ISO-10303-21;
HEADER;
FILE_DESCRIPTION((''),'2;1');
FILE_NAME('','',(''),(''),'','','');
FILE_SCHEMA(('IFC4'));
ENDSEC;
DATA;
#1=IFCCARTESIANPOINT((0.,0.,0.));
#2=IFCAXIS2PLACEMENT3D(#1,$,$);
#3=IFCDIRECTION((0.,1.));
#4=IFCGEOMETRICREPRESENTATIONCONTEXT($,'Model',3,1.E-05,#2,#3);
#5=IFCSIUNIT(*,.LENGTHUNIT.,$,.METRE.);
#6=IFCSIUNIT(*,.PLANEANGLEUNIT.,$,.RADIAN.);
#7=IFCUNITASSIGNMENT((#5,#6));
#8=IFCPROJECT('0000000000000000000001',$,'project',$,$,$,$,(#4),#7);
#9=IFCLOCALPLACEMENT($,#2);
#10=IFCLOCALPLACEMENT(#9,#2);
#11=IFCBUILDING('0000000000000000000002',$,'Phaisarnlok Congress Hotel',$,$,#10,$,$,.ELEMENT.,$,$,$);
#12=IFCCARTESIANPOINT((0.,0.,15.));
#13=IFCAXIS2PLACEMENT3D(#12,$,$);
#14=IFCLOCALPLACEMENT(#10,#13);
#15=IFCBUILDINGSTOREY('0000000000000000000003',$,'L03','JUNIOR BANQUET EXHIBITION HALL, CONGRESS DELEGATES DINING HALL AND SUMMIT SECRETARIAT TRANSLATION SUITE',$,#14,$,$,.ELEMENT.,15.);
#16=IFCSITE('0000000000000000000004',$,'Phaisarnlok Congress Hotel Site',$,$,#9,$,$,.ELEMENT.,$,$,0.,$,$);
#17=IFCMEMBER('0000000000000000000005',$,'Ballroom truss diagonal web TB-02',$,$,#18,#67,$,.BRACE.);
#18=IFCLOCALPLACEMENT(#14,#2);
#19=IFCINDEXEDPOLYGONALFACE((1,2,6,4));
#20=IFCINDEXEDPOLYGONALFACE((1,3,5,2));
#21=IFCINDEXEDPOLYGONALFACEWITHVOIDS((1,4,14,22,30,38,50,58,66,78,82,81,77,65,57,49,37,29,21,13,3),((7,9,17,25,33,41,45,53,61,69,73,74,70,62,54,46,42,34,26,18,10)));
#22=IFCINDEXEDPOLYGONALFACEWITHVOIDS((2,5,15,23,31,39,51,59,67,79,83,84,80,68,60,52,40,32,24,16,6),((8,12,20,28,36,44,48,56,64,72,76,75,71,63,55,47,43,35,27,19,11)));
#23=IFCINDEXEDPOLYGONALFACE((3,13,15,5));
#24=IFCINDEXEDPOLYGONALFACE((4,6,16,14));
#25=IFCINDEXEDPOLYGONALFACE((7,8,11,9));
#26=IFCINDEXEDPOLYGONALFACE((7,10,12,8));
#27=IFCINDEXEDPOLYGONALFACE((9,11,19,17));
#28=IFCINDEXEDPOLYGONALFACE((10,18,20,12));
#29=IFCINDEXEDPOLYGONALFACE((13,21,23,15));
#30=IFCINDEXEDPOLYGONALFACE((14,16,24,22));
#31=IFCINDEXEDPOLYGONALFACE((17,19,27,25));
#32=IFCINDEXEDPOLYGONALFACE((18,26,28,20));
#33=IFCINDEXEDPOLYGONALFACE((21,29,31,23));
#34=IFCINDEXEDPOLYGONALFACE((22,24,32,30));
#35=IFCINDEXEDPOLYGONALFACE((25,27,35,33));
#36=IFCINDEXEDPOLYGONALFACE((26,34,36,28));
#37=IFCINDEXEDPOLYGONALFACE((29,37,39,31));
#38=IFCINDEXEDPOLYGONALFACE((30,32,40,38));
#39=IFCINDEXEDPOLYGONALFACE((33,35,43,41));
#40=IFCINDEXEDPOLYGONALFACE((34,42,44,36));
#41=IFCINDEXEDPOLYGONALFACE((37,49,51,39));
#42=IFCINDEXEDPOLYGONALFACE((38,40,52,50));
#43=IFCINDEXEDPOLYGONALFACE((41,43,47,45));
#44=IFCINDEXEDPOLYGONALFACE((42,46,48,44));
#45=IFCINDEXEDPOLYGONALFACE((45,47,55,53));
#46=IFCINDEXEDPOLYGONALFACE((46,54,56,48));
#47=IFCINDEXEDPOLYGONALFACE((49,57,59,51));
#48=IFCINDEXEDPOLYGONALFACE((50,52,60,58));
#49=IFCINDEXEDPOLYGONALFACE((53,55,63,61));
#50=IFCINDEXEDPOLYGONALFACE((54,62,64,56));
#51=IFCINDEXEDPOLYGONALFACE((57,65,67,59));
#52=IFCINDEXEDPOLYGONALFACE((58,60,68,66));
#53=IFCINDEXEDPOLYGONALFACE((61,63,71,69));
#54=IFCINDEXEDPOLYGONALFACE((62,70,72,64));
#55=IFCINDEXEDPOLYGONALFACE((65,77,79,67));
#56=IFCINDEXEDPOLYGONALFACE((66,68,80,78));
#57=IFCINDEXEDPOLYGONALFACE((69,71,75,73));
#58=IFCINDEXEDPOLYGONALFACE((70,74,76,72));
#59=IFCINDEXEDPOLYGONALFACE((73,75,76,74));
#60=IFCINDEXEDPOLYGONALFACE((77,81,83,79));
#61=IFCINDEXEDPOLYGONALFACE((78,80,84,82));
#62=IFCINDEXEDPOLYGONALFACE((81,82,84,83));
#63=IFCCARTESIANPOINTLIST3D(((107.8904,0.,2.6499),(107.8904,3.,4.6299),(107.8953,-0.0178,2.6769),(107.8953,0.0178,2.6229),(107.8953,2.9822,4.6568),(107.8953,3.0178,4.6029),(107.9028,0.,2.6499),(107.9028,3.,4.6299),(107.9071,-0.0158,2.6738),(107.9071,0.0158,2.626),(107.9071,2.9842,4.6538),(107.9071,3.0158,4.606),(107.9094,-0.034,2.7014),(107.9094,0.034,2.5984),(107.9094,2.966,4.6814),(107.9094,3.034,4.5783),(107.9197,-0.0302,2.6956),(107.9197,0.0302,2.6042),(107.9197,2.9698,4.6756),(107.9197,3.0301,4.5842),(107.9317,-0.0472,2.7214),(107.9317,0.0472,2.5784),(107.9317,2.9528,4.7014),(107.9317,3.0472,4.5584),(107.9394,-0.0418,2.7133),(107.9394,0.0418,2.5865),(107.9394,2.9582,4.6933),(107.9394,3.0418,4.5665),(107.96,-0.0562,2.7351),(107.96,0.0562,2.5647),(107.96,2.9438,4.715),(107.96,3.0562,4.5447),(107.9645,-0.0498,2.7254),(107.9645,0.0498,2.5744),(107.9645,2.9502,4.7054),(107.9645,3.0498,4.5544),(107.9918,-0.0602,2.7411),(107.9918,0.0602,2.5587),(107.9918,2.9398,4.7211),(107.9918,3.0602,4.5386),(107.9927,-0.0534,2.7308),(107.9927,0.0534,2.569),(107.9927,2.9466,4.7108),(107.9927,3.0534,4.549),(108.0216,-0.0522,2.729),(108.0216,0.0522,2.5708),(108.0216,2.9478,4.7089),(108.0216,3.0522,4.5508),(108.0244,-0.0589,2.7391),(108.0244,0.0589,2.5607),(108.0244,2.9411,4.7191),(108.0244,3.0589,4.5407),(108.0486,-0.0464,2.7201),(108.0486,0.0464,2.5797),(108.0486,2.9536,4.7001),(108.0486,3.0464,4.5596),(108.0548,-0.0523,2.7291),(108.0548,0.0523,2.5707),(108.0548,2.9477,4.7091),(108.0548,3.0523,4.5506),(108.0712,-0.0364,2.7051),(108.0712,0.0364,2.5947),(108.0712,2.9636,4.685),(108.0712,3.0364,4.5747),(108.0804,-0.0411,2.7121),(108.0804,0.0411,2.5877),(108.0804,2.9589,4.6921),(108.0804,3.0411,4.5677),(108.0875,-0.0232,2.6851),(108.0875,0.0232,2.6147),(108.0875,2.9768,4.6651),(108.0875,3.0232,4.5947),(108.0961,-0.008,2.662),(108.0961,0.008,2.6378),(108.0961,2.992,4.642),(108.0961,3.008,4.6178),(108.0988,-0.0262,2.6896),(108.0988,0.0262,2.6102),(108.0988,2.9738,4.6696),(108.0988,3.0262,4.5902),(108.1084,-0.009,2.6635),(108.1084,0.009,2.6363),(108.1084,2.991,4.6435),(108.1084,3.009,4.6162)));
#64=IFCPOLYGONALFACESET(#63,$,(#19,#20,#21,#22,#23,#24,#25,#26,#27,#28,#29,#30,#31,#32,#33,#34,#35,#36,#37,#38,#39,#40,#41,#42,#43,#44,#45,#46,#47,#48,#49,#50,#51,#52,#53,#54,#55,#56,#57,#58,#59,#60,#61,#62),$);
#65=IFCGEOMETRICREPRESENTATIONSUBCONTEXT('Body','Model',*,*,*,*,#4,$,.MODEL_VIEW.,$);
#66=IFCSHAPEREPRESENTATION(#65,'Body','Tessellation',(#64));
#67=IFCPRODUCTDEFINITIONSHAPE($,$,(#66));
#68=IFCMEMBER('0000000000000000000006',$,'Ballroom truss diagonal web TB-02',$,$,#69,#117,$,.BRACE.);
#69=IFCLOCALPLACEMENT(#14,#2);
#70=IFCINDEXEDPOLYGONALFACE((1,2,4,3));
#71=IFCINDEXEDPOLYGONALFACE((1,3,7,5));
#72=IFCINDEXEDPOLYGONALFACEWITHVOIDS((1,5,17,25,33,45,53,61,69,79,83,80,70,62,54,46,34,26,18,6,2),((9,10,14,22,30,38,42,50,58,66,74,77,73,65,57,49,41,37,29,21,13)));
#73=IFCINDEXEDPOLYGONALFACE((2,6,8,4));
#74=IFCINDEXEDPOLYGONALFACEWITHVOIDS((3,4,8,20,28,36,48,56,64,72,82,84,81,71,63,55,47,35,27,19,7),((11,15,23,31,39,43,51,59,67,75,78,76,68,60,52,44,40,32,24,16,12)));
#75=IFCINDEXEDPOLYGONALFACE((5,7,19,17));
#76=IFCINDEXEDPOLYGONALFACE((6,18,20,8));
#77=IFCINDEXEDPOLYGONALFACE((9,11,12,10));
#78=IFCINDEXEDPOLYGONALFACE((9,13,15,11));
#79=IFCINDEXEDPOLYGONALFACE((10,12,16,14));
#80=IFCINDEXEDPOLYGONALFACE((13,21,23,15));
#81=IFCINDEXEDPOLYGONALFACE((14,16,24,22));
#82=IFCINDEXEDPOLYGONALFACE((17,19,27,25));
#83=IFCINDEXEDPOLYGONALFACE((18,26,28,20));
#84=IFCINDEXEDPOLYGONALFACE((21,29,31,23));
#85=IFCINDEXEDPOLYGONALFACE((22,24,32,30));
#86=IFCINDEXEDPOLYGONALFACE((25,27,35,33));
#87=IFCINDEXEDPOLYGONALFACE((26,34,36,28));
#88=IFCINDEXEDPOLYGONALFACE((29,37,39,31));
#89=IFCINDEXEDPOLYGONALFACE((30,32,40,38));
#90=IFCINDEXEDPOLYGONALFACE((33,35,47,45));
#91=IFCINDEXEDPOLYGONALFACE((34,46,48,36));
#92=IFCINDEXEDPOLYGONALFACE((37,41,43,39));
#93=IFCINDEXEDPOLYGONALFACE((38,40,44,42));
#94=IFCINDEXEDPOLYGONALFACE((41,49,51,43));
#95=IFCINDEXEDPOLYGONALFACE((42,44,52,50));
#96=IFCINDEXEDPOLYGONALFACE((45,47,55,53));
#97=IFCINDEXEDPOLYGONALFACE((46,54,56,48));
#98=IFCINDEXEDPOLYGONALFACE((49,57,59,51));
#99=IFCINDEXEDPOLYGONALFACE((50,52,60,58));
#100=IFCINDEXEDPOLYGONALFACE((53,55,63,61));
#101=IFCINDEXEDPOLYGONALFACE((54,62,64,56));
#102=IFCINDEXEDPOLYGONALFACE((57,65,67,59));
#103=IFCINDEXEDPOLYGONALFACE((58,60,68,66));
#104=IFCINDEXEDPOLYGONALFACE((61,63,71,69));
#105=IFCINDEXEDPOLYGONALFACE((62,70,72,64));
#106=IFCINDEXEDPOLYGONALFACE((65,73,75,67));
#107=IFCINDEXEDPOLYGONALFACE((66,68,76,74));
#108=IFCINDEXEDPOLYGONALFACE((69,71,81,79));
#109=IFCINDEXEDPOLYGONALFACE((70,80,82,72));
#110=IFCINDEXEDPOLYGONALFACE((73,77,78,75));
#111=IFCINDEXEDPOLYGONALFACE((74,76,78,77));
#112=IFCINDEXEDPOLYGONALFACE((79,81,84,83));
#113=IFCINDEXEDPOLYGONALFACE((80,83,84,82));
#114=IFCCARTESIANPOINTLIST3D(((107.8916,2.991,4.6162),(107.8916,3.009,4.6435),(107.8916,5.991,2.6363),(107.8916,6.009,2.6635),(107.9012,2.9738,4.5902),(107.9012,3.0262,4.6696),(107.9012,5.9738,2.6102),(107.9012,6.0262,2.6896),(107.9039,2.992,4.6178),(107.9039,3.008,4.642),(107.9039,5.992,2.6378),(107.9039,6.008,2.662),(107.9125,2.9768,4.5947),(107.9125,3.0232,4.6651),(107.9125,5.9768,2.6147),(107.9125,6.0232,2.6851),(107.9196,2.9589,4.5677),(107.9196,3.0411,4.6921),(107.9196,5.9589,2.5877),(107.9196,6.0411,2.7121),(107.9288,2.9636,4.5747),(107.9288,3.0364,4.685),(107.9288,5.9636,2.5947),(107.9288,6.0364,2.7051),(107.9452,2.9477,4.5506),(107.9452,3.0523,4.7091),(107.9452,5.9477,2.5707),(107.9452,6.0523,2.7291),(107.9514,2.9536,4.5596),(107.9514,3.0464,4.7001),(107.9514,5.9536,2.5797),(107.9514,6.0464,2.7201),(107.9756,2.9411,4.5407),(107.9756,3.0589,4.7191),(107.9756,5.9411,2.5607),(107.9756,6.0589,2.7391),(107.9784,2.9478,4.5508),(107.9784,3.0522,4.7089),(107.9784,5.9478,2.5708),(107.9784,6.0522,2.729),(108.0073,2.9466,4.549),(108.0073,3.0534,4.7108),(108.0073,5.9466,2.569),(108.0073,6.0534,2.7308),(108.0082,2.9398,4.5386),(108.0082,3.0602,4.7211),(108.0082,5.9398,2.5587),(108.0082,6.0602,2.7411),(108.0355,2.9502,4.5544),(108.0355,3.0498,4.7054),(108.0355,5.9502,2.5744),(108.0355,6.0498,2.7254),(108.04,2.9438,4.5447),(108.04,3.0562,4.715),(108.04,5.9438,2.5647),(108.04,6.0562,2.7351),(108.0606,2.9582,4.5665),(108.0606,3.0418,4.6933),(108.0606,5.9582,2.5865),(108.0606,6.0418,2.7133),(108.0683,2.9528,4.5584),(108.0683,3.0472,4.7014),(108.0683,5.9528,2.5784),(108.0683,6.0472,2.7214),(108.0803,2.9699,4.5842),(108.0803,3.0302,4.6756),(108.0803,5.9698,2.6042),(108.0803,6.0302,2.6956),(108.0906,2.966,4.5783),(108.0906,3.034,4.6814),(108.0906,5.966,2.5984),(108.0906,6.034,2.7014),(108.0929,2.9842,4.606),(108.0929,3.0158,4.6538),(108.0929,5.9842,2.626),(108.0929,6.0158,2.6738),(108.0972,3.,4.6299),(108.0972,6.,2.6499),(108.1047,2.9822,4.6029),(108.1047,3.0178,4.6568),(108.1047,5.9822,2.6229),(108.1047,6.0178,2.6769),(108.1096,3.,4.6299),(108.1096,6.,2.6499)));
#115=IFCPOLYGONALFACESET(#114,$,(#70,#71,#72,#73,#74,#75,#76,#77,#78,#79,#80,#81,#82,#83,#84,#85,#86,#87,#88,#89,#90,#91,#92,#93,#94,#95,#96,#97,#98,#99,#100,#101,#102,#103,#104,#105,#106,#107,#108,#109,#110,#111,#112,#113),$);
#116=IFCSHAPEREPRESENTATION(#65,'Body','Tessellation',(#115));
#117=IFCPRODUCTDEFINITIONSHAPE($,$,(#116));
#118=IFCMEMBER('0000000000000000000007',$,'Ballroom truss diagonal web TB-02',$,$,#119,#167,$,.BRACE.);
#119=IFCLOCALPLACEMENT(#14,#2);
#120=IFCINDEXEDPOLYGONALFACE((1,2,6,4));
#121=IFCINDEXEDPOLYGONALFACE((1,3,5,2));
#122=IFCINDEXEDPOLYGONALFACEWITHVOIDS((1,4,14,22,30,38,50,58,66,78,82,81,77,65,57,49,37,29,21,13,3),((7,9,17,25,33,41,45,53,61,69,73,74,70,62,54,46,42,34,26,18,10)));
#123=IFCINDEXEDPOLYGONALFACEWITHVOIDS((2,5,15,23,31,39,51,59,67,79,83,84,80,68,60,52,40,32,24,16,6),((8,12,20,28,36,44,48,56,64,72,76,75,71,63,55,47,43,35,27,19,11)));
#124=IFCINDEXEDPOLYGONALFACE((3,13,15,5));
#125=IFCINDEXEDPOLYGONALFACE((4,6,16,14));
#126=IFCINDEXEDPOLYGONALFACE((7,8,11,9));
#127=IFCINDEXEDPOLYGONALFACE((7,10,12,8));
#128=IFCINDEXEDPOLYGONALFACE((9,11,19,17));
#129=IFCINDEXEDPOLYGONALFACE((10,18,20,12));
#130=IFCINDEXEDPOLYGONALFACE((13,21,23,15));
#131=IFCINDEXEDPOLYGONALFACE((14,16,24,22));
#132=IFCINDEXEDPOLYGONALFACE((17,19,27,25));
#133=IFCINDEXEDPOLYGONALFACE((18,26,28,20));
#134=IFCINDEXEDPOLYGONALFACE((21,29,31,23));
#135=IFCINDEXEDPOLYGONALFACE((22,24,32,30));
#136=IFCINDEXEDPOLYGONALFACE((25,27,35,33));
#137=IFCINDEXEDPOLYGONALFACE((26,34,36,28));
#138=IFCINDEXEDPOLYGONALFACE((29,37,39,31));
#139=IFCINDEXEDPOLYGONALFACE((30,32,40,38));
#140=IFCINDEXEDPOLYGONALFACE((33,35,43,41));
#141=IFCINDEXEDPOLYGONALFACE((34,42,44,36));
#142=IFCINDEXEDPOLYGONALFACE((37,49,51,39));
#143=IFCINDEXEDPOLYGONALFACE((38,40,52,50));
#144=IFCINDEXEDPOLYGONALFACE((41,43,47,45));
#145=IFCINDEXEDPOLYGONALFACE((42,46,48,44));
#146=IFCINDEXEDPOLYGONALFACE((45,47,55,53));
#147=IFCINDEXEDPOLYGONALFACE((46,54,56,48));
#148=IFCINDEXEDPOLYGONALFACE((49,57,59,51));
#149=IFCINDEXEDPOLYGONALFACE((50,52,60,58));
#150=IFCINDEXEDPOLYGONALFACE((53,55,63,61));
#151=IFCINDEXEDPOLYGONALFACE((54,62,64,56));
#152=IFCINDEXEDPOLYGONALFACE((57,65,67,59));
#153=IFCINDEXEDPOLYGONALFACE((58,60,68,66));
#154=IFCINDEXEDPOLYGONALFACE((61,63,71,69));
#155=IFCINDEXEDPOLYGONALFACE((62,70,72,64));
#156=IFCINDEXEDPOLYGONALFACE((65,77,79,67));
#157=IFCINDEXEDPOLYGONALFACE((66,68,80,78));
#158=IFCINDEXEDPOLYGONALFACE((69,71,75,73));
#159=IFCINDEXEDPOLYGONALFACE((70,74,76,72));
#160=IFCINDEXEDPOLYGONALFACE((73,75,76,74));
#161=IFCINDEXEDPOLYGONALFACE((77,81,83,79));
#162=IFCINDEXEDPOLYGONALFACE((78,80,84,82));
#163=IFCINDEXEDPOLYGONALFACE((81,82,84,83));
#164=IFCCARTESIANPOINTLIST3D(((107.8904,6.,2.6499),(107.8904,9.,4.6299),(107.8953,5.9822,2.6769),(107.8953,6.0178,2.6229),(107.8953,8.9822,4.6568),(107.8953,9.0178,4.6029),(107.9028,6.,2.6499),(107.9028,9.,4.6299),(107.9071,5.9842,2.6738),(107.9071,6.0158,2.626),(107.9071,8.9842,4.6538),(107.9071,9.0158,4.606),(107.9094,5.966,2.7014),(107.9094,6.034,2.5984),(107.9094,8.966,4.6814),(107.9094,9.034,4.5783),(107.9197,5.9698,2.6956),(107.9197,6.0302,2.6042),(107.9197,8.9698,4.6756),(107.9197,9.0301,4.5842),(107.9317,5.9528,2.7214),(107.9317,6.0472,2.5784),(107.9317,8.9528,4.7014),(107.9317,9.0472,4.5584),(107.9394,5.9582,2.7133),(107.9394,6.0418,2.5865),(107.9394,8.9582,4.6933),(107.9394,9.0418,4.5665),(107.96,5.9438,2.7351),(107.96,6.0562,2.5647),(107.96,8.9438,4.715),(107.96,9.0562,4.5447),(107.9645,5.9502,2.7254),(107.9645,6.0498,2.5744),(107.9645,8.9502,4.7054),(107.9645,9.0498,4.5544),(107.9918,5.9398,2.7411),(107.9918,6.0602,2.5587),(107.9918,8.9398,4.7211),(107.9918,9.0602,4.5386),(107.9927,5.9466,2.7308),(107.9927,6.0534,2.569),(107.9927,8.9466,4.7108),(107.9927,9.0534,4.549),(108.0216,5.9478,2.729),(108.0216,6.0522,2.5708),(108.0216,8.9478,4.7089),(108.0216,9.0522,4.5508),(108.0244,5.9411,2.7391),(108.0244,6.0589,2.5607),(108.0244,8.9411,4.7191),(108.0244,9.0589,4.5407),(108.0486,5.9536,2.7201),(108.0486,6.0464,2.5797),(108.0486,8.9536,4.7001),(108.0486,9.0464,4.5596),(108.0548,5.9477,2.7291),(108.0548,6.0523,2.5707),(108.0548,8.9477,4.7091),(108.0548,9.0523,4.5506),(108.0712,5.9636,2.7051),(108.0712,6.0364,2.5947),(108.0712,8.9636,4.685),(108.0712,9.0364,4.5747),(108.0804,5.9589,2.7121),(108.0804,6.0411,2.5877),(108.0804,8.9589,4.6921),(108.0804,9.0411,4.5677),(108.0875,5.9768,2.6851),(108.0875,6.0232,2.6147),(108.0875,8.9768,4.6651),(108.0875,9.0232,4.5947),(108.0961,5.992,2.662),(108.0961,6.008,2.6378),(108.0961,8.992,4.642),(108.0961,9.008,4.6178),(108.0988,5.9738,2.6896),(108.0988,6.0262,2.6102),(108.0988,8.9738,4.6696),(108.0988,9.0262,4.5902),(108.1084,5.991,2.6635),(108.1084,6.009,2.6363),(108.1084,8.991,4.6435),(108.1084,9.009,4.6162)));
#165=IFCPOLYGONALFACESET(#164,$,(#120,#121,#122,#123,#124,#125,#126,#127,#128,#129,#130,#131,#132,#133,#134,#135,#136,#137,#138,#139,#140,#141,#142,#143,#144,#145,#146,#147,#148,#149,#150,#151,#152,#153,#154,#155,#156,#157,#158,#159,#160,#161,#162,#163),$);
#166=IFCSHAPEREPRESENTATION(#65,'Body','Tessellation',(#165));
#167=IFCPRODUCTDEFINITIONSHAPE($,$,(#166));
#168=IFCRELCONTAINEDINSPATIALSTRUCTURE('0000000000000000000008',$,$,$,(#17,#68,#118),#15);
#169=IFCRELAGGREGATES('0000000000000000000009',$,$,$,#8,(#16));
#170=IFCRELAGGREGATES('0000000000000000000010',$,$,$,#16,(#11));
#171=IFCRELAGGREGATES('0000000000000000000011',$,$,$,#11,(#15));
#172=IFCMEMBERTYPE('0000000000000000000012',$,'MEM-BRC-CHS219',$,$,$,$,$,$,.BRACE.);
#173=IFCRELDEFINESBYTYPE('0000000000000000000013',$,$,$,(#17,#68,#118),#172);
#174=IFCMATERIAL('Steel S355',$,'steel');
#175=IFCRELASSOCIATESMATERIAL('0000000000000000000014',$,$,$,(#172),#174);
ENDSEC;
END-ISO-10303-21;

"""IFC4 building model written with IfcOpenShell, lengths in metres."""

from ifc_helpers import new_model, si_unit, direction, frame, origin, origin_2d, place, context, subcontext, project, spatial, hollow_circle, extrude, material, material_profile, profile_set, type_object, element, save


model = new_model("IFC4")

# Units and contexts
model_context = context("Model", 3, precision=1e-05, world=origin(), true_north=direction((0.0, 1.0)))
body_context = subcontext(model_context, "Body", "Model", "MODEL_VIEW")
ifc_project = project(units=[si_unit("LENGTHUNIT", "METRE"), si_unit("PLANEANGLEUNIT", "RADIAN")], contexts=[model_context])

# Site, building, storey
site_placement = place(None, origin())
site = spatial("IfcSite", under=ifc_project, at=site_placement, Name="Phaisarnlok Congress Hotel Site", CompositionType="ELEMENT", RefElevation=0.0)
building_placement = place(site_placement, origin())
building = spatial("IfcBuilding", under=site, at=building_placement, Name="Phaisarnlok Congress Hotel", CompositionType="ELEMENT")
storey_placement = place(building_placement, frame((0.0, 0.0, 15.0)))
storey = spatial("IfcBuildingStorey", under=building, at=storey_placement, Name="L03", Description="JUNIOR BANQUET EXHIBITION HALL, CONGRESS DELEGATES DINING HALL AND SUMMIT SECRETARIAT TRANSLATION SUITE", CompositionType="ELEMENT", Elevation=15.0)

# Members
ifc_material_1 = material(Name="Steel S355", Category="steel")
ifc_material_profile_1 = material_profile(ifc_material_1, hollow_circle(Radius=0.1096, WallThickness=0.0125, at=origin_2d()), Name="CHS 219.1x12.5")
ifc_profile_set_1 = profile_set([ifc_material_profile_1], Name="Steel S355")
member_type_1 = type_object("IfcMemberType", Name="MEM-BRC-CHS219", PredefinedType="BRACE", material=ifc_profile_set_1)
for number, where, z_axis, x_axis, name in (
    (1, (108.0, 0.0, 2.6499), (0.0, 0.834612, 0.550838), (-1.0, 0.0, 0.0), "Ballroom truss diagonal web TB-02"),
    (2, (108.0, 6.0, 2.6499), (0.0, -0.834612, 0.550838), (1.0, 0.0, 0.0), "Ballroom truss diagonal web TB-02"),
    (3, (108.0, 6.0, 2.6499), (0.0, 0.834612, 0.550838), (-1.0, 0.0, 0.0), "Ballroom truss diagonal web TB-02"),
):
    element("IfcMember", number, at=place(storey_placement, frame(where, z_axis=z_axis, x_axis=x_axis)), inside=storey, type_object=member_type_1, Name=name, PredefinedType="BRACE", context=body_context, shape_type="SweptSolid", body=[
        extrude(hollow_circle(Radius=0.1096, WallThickness=0.0125, at=origin_2d()), origin(), (0.0, 0.0, 1.0), 3.5945),
    ])

save(model, "model.ifc")
